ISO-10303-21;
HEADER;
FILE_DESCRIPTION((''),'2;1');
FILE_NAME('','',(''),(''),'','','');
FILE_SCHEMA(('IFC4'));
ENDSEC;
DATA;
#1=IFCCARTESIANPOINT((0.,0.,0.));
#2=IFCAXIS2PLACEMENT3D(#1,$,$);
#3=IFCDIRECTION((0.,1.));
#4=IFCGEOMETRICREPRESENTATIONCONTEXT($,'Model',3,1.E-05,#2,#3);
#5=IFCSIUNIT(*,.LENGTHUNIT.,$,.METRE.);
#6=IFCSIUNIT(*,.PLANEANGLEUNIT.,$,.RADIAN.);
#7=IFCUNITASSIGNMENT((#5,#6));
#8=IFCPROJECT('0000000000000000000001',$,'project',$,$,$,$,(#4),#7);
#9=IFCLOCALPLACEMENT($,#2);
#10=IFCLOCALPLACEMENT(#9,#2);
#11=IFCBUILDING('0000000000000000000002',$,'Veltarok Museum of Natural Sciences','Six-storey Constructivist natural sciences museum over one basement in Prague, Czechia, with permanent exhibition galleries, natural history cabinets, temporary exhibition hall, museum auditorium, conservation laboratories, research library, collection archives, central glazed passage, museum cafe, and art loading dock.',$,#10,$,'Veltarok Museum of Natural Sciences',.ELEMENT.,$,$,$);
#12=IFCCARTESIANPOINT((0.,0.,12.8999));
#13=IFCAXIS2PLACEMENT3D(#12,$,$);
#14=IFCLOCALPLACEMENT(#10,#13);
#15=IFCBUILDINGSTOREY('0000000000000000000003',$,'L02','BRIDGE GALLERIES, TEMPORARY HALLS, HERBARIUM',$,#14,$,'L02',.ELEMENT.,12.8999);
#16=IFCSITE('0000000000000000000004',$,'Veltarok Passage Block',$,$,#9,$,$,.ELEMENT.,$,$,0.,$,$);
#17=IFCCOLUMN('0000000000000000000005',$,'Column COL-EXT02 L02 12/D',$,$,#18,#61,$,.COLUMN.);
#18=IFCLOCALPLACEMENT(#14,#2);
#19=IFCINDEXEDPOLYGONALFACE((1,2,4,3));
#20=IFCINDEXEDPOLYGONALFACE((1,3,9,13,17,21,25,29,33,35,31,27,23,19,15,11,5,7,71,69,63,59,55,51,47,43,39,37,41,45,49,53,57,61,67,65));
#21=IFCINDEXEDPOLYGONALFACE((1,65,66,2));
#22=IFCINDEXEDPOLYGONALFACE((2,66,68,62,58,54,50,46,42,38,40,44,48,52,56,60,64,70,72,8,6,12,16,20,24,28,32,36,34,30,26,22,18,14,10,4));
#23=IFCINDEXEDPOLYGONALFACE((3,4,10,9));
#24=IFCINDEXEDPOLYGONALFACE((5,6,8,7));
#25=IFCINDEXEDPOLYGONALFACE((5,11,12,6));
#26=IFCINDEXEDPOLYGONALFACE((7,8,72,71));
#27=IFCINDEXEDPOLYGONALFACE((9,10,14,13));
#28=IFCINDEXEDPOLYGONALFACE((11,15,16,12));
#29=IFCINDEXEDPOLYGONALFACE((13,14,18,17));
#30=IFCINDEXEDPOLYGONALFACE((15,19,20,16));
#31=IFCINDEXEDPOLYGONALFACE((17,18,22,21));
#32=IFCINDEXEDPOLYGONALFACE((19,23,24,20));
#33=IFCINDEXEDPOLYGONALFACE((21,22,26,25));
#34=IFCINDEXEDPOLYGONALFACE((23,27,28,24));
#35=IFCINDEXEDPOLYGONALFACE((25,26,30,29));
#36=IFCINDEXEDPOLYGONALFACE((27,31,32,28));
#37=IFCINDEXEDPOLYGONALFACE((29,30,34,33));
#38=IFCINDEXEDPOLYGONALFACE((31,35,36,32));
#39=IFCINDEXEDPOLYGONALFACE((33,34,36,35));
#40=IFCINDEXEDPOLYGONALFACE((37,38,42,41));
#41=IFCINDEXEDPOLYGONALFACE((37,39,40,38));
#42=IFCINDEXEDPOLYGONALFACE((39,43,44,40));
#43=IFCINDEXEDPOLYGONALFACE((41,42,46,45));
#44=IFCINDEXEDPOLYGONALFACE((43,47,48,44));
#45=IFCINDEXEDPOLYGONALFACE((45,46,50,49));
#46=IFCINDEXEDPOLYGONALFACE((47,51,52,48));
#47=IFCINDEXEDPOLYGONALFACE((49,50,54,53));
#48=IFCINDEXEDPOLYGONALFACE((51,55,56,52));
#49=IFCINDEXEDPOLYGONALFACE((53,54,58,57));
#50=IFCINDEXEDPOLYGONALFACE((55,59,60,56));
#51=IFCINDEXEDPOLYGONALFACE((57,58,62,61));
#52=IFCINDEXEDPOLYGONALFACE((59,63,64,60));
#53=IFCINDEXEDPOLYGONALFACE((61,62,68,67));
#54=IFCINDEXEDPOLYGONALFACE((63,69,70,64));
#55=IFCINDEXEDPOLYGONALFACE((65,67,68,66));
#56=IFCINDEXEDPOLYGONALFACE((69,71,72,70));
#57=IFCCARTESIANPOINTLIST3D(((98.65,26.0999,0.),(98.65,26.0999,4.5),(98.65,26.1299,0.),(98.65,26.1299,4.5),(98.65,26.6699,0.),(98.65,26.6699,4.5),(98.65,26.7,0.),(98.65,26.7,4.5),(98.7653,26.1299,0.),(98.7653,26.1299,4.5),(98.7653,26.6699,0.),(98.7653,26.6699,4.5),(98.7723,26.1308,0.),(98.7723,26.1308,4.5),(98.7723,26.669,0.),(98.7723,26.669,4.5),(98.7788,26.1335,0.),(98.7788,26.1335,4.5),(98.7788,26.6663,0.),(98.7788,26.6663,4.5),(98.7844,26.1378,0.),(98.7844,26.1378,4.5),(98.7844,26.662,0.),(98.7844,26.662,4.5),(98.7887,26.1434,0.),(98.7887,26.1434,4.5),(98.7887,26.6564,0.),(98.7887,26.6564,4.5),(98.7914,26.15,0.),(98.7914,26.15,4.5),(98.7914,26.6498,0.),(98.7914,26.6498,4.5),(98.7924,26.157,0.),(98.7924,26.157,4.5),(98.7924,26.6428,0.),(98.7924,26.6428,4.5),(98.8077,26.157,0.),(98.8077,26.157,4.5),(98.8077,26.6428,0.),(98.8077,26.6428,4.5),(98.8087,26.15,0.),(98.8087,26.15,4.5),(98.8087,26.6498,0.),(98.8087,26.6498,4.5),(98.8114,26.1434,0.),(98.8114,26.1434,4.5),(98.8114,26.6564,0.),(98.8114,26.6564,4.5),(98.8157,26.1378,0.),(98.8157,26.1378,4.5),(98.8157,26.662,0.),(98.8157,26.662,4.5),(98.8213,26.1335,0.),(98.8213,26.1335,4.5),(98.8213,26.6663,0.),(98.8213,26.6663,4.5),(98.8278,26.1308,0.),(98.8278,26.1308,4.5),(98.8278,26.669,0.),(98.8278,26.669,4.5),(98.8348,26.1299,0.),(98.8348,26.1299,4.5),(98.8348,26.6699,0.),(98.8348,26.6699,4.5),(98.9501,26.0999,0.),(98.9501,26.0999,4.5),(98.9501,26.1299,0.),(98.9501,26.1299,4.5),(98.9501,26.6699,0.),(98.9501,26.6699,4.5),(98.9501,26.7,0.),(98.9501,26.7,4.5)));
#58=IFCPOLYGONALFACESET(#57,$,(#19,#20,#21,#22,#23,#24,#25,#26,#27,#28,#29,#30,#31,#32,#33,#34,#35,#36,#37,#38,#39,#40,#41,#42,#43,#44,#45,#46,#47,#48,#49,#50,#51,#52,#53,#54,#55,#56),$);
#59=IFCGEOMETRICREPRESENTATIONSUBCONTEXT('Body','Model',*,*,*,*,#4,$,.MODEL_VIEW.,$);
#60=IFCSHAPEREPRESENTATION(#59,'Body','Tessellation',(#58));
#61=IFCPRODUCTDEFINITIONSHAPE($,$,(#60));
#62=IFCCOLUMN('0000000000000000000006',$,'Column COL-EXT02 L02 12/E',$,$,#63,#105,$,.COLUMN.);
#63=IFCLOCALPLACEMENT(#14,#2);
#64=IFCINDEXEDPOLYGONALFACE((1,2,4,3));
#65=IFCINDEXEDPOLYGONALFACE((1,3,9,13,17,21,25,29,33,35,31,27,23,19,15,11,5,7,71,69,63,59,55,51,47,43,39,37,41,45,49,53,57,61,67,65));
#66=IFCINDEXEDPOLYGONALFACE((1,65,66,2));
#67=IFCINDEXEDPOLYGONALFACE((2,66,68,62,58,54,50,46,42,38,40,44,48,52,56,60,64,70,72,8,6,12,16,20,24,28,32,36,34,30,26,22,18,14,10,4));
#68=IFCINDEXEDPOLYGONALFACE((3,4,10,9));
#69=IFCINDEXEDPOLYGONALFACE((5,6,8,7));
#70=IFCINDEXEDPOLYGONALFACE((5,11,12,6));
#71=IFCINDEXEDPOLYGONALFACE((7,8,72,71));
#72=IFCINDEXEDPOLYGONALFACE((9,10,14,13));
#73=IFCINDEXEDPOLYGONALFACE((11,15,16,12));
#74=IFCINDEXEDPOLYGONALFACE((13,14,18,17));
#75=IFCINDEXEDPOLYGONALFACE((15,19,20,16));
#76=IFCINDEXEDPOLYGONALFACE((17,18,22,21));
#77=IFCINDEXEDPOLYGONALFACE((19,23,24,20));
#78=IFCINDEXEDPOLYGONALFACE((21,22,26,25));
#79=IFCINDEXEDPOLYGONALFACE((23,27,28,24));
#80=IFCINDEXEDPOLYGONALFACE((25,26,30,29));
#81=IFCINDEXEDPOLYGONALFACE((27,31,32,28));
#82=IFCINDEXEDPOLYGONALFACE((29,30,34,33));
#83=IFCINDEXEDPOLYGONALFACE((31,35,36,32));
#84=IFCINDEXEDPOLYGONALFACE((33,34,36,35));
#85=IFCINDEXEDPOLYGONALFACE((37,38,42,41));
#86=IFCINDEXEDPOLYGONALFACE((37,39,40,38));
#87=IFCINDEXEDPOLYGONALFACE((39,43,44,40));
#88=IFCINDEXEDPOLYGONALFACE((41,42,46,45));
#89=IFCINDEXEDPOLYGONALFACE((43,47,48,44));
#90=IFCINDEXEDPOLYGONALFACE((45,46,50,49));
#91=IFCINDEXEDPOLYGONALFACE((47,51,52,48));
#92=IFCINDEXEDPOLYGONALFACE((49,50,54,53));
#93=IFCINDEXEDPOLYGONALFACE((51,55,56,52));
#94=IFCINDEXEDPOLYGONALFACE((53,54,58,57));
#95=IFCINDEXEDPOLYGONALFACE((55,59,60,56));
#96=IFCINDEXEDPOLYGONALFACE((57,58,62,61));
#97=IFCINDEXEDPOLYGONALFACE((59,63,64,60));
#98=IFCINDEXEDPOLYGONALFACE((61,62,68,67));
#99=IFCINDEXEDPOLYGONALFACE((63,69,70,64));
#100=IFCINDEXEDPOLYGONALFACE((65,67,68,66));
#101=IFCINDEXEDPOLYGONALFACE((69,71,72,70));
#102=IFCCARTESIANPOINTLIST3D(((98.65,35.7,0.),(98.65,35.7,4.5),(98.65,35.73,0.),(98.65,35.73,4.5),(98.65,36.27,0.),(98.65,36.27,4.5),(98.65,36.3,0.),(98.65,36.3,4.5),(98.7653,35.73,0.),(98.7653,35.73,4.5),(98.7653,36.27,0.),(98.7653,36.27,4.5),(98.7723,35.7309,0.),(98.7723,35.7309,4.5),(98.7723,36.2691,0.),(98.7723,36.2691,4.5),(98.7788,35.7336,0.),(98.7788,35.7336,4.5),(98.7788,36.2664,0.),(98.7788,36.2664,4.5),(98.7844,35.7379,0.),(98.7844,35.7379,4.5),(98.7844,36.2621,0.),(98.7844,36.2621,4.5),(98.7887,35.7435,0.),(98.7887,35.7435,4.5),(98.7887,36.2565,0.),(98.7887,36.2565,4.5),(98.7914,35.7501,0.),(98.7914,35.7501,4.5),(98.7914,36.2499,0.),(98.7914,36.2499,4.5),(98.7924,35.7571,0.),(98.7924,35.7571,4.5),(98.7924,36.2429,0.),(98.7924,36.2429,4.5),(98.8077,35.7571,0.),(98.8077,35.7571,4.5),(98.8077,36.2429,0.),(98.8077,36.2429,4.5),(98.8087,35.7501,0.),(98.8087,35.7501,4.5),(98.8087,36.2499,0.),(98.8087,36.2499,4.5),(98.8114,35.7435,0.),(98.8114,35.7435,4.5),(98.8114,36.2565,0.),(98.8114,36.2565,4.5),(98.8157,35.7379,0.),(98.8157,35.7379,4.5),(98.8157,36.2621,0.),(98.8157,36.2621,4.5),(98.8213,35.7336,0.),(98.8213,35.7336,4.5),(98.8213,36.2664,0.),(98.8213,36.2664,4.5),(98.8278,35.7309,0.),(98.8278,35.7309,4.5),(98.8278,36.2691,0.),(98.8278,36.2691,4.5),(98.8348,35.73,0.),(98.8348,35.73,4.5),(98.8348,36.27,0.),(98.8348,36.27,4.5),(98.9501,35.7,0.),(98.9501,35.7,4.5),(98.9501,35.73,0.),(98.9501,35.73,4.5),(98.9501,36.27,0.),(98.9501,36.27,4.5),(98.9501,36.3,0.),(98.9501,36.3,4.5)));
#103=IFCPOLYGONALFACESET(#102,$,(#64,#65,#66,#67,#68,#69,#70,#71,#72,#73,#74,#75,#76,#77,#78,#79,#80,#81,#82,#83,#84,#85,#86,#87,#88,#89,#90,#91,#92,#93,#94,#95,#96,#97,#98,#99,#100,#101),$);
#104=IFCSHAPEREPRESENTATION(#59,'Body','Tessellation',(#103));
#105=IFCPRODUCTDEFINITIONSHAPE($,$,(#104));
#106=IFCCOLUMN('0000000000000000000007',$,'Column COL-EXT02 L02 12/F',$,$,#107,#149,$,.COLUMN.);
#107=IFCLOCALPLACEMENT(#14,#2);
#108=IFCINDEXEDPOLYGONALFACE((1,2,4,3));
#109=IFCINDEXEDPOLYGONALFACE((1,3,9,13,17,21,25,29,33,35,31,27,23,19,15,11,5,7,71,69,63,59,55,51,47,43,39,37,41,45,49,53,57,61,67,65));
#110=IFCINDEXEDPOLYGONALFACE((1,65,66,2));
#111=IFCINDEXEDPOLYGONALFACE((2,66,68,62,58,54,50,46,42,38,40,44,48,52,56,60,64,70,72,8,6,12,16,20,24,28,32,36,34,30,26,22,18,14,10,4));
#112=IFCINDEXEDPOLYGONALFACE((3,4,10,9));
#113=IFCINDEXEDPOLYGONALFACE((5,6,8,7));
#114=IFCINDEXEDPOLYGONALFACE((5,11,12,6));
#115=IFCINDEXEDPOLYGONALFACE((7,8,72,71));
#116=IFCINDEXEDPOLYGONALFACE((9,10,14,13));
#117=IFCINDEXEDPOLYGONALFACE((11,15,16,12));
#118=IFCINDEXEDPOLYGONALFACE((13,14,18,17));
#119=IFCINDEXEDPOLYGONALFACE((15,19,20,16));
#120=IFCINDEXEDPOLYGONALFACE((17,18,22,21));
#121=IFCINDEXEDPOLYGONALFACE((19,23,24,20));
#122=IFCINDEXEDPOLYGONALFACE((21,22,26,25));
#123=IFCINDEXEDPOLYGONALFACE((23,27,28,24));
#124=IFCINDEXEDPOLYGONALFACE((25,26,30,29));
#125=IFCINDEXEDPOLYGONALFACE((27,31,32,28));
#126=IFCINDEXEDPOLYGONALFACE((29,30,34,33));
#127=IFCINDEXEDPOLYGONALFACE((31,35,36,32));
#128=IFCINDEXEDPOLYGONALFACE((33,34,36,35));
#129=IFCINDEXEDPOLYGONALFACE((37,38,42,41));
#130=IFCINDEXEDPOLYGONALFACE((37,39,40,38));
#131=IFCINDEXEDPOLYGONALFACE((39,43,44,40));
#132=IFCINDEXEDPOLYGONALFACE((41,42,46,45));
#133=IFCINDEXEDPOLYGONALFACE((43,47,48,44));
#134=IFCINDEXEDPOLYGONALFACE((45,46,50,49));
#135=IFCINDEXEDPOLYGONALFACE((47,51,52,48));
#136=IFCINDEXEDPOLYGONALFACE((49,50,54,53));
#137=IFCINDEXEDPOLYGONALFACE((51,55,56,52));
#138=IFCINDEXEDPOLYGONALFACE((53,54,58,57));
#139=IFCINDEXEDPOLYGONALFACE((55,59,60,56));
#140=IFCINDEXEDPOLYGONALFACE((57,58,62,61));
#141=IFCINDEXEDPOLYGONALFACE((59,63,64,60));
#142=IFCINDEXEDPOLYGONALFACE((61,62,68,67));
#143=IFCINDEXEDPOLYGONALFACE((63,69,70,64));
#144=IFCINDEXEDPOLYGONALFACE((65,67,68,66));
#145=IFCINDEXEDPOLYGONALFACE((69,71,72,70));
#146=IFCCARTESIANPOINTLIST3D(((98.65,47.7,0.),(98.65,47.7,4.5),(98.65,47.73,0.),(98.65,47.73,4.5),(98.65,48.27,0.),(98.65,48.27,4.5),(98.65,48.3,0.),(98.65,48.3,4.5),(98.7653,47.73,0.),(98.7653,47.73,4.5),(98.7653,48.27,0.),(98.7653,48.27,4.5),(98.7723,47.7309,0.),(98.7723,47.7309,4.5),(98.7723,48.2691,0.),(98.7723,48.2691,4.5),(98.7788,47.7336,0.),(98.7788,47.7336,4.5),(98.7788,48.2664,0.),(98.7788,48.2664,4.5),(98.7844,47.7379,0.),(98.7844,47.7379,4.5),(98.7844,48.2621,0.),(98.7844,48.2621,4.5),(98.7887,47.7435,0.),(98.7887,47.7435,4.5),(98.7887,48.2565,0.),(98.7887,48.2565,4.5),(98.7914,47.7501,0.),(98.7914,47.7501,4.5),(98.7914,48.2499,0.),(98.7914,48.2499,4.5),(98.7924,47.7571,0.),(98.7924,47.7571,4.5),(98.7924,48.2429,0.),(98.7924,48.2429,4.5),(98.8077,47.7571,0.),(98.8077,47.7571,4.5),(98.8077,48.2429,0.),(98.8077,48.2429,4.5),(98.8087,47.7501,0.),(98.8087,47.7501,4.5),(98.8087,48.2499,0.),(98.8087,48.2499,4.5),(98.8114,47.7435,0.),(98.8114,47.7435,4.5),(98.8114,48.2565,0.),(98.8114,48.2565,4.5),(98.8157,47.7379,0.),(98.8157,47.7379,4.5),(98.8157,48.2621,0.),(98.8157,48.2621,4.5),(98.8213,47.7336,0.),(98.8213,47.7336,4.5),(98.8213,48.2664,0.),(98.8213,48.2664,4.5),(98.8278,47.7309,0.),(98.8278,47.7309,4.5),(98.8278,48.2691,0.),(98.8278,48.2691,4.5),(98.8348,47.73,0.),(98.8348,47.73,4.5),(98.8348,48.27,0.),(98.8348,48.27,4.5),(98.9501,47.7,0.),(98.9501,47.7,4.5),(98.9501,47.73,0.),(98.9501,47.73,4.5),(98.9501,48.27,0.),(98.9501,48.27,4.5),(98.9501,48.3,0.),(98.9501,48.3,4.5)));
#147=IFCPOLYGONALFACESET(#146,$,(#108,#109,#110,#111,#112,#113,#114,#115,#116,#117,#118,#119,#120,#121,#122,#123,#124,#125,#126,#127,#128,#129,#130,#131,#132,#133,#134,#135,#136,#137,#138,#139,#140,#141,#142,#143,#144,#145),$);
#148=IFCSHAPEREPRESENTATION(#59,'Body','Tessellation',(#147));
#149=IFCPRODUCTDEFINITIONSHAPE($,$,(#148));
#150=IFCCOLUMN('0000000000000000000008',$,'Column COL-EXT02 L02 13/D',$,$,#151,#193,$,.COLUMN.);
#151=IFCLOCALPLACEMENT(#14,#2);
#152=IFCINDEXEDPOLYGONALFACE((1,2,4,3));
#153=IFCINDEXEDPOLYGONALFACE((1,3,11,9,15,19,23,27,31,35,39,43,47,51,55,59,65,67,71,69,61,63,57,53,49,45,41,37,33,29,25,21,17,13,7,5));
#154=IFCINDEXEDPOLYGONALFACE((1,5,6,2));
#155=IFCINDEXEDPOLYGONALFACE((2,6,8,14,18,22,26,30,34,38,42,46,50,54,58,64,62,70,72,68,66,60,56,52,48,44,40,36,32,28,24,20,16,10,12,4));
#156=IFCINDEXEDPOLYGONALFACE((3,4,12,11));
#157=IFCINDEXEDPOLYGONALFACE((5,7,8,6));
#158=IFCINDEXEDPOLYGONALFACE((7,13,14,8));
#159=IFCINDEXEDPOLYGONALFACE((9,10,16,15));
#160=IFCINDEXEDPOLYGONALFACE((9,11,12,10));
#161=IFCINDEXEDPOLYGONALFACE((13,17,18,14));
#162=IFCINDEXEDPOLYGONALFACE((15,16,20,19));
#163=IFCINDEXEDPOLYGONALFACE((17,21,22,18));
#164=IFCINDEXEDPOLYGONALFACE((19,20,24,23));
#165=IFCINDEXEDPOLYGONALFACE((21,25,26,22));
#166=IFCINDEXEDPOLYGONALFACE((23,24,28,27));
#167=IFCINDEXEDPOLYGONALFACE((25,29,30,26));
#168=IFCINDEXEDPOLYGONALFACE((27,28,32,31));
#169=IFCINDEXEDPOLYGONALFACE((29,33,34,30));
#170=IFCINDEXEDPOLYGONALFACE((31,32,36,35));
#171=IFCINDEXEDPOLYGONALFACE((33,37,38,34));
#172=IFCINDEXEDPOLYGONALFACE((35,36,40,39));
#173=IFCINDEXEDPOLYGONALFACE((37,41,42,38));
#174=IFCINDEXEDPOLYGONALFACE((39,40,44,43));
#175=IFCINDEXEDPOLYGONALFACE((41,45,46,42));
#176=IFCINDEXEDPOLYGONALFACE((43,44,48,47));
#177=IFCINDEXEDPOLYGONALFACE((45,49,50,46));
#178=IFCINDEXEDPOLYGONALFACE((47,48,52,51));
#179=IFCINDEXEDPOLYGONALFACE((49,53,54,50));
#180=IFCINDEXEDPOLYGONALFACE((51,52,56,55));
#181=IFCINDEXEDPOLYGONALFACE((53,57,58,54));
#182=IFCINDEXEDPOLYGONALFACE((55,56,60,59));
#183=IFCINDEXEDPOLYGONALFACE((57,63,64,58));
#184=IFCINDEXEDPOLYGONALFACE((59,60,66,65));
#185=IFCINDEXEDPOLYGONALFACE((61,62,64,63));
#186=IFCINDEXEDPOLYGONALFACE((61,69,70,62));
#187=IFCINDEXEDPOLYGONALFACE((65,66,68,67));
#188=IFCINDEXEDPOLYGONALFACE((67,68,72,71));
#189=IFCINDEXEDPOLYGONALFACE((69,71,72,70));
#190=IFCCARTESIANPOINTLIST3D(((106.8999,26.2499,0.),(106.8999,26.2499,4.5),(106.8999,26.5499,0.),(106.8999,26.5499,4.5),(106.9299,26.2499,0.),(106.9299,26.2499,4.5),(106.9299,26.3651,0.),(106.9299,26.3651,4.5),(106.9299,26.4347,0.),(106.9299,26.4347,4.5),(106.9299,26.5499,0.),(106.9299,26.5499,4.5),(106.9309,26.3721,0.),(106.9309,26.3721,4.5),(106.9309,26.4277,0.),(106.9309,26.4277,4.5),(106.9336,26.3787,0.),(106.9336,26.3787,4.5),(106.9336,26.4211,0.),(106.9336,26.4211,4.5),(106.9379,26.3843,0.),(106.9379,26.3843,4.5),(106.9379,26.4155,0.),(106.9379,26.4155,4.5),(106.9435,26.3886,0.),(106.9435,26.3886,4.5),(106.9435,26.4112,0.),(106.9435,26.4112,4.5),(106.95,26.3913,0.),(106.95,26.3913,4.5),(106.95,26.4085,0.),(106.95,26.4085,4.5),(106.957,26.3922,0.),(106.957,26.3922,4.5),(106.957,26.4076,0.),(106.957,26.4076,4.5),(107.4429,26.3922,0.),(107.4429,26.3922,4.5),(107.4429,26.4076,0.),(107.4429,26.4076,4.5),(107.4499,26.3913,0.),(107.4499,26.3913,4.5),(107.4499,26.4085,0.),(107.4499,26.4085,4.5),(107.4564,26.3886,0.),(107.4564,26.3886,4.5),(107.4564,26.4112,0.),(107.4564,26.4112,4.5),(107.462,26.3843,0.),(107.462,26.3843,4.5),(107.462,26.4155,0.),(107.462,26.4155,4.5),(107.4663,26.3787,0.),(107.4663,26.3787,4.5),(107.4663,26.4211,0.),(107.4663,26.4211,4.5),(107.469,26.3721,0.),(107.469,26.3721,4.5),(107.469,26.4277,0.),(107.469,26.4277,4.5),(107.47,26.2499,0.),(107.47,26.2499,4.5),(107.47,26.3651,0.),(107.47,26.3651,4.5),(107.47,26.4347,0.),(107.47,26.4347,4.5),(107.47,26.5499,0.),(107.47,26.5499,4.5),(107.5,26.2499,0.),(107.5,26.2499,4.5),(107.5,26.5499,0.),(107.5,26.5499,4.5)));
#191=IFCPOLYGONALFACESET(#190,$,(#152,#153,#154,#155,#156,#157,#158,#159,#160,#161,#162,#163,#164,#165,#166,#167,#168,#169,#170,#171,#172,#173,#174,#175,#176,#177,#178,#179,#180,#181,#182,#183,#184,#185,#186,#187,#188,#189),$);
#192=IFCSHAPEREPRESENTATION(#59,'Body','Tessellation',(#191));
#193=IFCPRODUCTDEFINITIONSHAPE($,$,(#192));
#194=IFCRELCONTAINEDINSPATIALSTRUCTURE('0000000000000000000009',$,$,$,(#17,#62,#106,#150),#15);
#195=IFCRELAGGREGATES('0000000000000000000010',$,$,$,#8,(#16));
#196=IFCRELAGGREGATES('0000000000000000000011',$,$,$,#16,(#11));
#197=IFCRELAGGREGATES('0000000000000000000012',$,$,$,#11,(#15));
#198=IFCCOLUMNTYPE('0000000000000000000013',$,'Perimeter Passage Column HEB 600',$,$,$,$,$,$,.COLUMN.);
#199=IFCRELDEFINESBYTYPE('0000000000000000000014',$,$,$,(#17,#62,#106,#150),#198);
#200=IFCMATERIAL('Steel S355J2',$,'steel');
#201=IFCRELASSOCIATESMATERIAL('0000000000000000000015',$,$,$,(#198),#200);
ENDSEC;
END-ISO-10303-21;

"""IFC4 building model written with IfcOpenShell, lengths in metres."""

from ifc_helpers import new_model, si_unit, direction, frame, origin, origin_2d, place, context, subcontext, project, spatial, i_section, extrude, material, material_profile, profile_set, type_object, element, save


model = new_model("IFC4")

# Units and contexts
model_context = context("Model", 3, precision=1e-05, world=origin(), true_north=direction((0.0, 1.0)))
body_context = subcontext(model_context, "Body", "Model", "MODEL_VIEW")
ifc_project = project(units=[si_unit("LENGTHUNIT", "METRE"), si_unit("PLANEANGLEUNIT", "RADIAN")], contexts=[model_context])

# Site, building, storey
site_placement = place(None, origin())
site = spatial("IfcSite", under=ifc_project, at=site_placement, Name="Veltarok Passage Block", CompositionType="ELEMENT", RefElevation=0.0)
building_placement = place(site_placement, origin())
building = spatial("IfcBuilding", under=site, at=building_placement, Name="Veltarok Museum of Natural Sciences", Description="Six-storey Constructivist natural sciences museum over one basement in Prague, Czechia, with permanent exhibition galleries, natural history cabinets, temporary exhibition hall, museum auditorium, conservation laboratories, research library, collection archives, central glazed passage, museum cafe, and art loading dock.", LongName="Veltarok Museum of Natural Sciences", CompositionType="ELEMENT")
storey_placement = place(building_placement, frame((0.0, 0.0, 12.8999)))
storey = spatial("IfcBuildingStorey", under=building, at=storey_placement, Name="L02", Description="BRIDGE GALLERIES, TEMPORARY HALLS, HERBARIUM", LongName="L02", CompositionType="ELEMENT", Elevation=12.8999)

# Columns
ifc_material_1 = material(Name="Steel S355J2", Category="steel")
ifc_material_profile_1 = material_profile(ifc_material_1, i_section(OverallWidth=0.3, OverallDepth=0.6001, WebThickness=0.0154, FlangeThickness=0.03, FilletRadius=0.0271, at=origin_2d()), Name="HEB 600")
ifc_profile_set_1 = profile_set([ifc_material_profile_1], Name="Steel S355J2")
column_type = type_object("IfcColumnType", Name="Perimeter Passage Column HEB 600", PredefinedType="COLUMN", material=ifc_profile_set_1)
for number, where, z_axis, x_axis, name in (
    (1, (98.8, 26.3999, 0.0), (0.0, 0.0, 1.0), (1.0, 0.0, 0.0), "Column COL-EXT02 L02 12/D"),
    (2, (98.8, 36.0, 0.0), (0.0, 0.0, 1.0), (1.0, 0.0, 0.0), "Column COL-EXT02 L02 12/E"),
    (3, (98.8, 48.0, 0.0), (0.0, 0.0, 1.0), (1.0, 0.0, 0.0), "Column COL-EXT02 L02 12/F"),
    (4, (107.2, 26.3999, 0.0), (0.0, 0.0, 1.0), (0.0, 1.0, 0.0), "Column COL-EXT02 L02 13/D"),
):
    element("IfcColumn", number, at=place(storey_placement, frame(where, z_axis=z_axis, x_axis=x_axis)), inside=storey, type_object=column_type, Name=name, PredefinedType="COLUMN", context=body_context, shape_type="SweptSolid", body=[
        extrude(i_section(OverallWidth=0.3, OverallDepth=0.6001, WebThickness=0.0154, FlangeThickness=0.03, FilletRadius=0.0271, at=origin_2d()), origin(), (0.0, 0.0, 1.0), 4.5),
    ])

save(model, "model.ifc")
